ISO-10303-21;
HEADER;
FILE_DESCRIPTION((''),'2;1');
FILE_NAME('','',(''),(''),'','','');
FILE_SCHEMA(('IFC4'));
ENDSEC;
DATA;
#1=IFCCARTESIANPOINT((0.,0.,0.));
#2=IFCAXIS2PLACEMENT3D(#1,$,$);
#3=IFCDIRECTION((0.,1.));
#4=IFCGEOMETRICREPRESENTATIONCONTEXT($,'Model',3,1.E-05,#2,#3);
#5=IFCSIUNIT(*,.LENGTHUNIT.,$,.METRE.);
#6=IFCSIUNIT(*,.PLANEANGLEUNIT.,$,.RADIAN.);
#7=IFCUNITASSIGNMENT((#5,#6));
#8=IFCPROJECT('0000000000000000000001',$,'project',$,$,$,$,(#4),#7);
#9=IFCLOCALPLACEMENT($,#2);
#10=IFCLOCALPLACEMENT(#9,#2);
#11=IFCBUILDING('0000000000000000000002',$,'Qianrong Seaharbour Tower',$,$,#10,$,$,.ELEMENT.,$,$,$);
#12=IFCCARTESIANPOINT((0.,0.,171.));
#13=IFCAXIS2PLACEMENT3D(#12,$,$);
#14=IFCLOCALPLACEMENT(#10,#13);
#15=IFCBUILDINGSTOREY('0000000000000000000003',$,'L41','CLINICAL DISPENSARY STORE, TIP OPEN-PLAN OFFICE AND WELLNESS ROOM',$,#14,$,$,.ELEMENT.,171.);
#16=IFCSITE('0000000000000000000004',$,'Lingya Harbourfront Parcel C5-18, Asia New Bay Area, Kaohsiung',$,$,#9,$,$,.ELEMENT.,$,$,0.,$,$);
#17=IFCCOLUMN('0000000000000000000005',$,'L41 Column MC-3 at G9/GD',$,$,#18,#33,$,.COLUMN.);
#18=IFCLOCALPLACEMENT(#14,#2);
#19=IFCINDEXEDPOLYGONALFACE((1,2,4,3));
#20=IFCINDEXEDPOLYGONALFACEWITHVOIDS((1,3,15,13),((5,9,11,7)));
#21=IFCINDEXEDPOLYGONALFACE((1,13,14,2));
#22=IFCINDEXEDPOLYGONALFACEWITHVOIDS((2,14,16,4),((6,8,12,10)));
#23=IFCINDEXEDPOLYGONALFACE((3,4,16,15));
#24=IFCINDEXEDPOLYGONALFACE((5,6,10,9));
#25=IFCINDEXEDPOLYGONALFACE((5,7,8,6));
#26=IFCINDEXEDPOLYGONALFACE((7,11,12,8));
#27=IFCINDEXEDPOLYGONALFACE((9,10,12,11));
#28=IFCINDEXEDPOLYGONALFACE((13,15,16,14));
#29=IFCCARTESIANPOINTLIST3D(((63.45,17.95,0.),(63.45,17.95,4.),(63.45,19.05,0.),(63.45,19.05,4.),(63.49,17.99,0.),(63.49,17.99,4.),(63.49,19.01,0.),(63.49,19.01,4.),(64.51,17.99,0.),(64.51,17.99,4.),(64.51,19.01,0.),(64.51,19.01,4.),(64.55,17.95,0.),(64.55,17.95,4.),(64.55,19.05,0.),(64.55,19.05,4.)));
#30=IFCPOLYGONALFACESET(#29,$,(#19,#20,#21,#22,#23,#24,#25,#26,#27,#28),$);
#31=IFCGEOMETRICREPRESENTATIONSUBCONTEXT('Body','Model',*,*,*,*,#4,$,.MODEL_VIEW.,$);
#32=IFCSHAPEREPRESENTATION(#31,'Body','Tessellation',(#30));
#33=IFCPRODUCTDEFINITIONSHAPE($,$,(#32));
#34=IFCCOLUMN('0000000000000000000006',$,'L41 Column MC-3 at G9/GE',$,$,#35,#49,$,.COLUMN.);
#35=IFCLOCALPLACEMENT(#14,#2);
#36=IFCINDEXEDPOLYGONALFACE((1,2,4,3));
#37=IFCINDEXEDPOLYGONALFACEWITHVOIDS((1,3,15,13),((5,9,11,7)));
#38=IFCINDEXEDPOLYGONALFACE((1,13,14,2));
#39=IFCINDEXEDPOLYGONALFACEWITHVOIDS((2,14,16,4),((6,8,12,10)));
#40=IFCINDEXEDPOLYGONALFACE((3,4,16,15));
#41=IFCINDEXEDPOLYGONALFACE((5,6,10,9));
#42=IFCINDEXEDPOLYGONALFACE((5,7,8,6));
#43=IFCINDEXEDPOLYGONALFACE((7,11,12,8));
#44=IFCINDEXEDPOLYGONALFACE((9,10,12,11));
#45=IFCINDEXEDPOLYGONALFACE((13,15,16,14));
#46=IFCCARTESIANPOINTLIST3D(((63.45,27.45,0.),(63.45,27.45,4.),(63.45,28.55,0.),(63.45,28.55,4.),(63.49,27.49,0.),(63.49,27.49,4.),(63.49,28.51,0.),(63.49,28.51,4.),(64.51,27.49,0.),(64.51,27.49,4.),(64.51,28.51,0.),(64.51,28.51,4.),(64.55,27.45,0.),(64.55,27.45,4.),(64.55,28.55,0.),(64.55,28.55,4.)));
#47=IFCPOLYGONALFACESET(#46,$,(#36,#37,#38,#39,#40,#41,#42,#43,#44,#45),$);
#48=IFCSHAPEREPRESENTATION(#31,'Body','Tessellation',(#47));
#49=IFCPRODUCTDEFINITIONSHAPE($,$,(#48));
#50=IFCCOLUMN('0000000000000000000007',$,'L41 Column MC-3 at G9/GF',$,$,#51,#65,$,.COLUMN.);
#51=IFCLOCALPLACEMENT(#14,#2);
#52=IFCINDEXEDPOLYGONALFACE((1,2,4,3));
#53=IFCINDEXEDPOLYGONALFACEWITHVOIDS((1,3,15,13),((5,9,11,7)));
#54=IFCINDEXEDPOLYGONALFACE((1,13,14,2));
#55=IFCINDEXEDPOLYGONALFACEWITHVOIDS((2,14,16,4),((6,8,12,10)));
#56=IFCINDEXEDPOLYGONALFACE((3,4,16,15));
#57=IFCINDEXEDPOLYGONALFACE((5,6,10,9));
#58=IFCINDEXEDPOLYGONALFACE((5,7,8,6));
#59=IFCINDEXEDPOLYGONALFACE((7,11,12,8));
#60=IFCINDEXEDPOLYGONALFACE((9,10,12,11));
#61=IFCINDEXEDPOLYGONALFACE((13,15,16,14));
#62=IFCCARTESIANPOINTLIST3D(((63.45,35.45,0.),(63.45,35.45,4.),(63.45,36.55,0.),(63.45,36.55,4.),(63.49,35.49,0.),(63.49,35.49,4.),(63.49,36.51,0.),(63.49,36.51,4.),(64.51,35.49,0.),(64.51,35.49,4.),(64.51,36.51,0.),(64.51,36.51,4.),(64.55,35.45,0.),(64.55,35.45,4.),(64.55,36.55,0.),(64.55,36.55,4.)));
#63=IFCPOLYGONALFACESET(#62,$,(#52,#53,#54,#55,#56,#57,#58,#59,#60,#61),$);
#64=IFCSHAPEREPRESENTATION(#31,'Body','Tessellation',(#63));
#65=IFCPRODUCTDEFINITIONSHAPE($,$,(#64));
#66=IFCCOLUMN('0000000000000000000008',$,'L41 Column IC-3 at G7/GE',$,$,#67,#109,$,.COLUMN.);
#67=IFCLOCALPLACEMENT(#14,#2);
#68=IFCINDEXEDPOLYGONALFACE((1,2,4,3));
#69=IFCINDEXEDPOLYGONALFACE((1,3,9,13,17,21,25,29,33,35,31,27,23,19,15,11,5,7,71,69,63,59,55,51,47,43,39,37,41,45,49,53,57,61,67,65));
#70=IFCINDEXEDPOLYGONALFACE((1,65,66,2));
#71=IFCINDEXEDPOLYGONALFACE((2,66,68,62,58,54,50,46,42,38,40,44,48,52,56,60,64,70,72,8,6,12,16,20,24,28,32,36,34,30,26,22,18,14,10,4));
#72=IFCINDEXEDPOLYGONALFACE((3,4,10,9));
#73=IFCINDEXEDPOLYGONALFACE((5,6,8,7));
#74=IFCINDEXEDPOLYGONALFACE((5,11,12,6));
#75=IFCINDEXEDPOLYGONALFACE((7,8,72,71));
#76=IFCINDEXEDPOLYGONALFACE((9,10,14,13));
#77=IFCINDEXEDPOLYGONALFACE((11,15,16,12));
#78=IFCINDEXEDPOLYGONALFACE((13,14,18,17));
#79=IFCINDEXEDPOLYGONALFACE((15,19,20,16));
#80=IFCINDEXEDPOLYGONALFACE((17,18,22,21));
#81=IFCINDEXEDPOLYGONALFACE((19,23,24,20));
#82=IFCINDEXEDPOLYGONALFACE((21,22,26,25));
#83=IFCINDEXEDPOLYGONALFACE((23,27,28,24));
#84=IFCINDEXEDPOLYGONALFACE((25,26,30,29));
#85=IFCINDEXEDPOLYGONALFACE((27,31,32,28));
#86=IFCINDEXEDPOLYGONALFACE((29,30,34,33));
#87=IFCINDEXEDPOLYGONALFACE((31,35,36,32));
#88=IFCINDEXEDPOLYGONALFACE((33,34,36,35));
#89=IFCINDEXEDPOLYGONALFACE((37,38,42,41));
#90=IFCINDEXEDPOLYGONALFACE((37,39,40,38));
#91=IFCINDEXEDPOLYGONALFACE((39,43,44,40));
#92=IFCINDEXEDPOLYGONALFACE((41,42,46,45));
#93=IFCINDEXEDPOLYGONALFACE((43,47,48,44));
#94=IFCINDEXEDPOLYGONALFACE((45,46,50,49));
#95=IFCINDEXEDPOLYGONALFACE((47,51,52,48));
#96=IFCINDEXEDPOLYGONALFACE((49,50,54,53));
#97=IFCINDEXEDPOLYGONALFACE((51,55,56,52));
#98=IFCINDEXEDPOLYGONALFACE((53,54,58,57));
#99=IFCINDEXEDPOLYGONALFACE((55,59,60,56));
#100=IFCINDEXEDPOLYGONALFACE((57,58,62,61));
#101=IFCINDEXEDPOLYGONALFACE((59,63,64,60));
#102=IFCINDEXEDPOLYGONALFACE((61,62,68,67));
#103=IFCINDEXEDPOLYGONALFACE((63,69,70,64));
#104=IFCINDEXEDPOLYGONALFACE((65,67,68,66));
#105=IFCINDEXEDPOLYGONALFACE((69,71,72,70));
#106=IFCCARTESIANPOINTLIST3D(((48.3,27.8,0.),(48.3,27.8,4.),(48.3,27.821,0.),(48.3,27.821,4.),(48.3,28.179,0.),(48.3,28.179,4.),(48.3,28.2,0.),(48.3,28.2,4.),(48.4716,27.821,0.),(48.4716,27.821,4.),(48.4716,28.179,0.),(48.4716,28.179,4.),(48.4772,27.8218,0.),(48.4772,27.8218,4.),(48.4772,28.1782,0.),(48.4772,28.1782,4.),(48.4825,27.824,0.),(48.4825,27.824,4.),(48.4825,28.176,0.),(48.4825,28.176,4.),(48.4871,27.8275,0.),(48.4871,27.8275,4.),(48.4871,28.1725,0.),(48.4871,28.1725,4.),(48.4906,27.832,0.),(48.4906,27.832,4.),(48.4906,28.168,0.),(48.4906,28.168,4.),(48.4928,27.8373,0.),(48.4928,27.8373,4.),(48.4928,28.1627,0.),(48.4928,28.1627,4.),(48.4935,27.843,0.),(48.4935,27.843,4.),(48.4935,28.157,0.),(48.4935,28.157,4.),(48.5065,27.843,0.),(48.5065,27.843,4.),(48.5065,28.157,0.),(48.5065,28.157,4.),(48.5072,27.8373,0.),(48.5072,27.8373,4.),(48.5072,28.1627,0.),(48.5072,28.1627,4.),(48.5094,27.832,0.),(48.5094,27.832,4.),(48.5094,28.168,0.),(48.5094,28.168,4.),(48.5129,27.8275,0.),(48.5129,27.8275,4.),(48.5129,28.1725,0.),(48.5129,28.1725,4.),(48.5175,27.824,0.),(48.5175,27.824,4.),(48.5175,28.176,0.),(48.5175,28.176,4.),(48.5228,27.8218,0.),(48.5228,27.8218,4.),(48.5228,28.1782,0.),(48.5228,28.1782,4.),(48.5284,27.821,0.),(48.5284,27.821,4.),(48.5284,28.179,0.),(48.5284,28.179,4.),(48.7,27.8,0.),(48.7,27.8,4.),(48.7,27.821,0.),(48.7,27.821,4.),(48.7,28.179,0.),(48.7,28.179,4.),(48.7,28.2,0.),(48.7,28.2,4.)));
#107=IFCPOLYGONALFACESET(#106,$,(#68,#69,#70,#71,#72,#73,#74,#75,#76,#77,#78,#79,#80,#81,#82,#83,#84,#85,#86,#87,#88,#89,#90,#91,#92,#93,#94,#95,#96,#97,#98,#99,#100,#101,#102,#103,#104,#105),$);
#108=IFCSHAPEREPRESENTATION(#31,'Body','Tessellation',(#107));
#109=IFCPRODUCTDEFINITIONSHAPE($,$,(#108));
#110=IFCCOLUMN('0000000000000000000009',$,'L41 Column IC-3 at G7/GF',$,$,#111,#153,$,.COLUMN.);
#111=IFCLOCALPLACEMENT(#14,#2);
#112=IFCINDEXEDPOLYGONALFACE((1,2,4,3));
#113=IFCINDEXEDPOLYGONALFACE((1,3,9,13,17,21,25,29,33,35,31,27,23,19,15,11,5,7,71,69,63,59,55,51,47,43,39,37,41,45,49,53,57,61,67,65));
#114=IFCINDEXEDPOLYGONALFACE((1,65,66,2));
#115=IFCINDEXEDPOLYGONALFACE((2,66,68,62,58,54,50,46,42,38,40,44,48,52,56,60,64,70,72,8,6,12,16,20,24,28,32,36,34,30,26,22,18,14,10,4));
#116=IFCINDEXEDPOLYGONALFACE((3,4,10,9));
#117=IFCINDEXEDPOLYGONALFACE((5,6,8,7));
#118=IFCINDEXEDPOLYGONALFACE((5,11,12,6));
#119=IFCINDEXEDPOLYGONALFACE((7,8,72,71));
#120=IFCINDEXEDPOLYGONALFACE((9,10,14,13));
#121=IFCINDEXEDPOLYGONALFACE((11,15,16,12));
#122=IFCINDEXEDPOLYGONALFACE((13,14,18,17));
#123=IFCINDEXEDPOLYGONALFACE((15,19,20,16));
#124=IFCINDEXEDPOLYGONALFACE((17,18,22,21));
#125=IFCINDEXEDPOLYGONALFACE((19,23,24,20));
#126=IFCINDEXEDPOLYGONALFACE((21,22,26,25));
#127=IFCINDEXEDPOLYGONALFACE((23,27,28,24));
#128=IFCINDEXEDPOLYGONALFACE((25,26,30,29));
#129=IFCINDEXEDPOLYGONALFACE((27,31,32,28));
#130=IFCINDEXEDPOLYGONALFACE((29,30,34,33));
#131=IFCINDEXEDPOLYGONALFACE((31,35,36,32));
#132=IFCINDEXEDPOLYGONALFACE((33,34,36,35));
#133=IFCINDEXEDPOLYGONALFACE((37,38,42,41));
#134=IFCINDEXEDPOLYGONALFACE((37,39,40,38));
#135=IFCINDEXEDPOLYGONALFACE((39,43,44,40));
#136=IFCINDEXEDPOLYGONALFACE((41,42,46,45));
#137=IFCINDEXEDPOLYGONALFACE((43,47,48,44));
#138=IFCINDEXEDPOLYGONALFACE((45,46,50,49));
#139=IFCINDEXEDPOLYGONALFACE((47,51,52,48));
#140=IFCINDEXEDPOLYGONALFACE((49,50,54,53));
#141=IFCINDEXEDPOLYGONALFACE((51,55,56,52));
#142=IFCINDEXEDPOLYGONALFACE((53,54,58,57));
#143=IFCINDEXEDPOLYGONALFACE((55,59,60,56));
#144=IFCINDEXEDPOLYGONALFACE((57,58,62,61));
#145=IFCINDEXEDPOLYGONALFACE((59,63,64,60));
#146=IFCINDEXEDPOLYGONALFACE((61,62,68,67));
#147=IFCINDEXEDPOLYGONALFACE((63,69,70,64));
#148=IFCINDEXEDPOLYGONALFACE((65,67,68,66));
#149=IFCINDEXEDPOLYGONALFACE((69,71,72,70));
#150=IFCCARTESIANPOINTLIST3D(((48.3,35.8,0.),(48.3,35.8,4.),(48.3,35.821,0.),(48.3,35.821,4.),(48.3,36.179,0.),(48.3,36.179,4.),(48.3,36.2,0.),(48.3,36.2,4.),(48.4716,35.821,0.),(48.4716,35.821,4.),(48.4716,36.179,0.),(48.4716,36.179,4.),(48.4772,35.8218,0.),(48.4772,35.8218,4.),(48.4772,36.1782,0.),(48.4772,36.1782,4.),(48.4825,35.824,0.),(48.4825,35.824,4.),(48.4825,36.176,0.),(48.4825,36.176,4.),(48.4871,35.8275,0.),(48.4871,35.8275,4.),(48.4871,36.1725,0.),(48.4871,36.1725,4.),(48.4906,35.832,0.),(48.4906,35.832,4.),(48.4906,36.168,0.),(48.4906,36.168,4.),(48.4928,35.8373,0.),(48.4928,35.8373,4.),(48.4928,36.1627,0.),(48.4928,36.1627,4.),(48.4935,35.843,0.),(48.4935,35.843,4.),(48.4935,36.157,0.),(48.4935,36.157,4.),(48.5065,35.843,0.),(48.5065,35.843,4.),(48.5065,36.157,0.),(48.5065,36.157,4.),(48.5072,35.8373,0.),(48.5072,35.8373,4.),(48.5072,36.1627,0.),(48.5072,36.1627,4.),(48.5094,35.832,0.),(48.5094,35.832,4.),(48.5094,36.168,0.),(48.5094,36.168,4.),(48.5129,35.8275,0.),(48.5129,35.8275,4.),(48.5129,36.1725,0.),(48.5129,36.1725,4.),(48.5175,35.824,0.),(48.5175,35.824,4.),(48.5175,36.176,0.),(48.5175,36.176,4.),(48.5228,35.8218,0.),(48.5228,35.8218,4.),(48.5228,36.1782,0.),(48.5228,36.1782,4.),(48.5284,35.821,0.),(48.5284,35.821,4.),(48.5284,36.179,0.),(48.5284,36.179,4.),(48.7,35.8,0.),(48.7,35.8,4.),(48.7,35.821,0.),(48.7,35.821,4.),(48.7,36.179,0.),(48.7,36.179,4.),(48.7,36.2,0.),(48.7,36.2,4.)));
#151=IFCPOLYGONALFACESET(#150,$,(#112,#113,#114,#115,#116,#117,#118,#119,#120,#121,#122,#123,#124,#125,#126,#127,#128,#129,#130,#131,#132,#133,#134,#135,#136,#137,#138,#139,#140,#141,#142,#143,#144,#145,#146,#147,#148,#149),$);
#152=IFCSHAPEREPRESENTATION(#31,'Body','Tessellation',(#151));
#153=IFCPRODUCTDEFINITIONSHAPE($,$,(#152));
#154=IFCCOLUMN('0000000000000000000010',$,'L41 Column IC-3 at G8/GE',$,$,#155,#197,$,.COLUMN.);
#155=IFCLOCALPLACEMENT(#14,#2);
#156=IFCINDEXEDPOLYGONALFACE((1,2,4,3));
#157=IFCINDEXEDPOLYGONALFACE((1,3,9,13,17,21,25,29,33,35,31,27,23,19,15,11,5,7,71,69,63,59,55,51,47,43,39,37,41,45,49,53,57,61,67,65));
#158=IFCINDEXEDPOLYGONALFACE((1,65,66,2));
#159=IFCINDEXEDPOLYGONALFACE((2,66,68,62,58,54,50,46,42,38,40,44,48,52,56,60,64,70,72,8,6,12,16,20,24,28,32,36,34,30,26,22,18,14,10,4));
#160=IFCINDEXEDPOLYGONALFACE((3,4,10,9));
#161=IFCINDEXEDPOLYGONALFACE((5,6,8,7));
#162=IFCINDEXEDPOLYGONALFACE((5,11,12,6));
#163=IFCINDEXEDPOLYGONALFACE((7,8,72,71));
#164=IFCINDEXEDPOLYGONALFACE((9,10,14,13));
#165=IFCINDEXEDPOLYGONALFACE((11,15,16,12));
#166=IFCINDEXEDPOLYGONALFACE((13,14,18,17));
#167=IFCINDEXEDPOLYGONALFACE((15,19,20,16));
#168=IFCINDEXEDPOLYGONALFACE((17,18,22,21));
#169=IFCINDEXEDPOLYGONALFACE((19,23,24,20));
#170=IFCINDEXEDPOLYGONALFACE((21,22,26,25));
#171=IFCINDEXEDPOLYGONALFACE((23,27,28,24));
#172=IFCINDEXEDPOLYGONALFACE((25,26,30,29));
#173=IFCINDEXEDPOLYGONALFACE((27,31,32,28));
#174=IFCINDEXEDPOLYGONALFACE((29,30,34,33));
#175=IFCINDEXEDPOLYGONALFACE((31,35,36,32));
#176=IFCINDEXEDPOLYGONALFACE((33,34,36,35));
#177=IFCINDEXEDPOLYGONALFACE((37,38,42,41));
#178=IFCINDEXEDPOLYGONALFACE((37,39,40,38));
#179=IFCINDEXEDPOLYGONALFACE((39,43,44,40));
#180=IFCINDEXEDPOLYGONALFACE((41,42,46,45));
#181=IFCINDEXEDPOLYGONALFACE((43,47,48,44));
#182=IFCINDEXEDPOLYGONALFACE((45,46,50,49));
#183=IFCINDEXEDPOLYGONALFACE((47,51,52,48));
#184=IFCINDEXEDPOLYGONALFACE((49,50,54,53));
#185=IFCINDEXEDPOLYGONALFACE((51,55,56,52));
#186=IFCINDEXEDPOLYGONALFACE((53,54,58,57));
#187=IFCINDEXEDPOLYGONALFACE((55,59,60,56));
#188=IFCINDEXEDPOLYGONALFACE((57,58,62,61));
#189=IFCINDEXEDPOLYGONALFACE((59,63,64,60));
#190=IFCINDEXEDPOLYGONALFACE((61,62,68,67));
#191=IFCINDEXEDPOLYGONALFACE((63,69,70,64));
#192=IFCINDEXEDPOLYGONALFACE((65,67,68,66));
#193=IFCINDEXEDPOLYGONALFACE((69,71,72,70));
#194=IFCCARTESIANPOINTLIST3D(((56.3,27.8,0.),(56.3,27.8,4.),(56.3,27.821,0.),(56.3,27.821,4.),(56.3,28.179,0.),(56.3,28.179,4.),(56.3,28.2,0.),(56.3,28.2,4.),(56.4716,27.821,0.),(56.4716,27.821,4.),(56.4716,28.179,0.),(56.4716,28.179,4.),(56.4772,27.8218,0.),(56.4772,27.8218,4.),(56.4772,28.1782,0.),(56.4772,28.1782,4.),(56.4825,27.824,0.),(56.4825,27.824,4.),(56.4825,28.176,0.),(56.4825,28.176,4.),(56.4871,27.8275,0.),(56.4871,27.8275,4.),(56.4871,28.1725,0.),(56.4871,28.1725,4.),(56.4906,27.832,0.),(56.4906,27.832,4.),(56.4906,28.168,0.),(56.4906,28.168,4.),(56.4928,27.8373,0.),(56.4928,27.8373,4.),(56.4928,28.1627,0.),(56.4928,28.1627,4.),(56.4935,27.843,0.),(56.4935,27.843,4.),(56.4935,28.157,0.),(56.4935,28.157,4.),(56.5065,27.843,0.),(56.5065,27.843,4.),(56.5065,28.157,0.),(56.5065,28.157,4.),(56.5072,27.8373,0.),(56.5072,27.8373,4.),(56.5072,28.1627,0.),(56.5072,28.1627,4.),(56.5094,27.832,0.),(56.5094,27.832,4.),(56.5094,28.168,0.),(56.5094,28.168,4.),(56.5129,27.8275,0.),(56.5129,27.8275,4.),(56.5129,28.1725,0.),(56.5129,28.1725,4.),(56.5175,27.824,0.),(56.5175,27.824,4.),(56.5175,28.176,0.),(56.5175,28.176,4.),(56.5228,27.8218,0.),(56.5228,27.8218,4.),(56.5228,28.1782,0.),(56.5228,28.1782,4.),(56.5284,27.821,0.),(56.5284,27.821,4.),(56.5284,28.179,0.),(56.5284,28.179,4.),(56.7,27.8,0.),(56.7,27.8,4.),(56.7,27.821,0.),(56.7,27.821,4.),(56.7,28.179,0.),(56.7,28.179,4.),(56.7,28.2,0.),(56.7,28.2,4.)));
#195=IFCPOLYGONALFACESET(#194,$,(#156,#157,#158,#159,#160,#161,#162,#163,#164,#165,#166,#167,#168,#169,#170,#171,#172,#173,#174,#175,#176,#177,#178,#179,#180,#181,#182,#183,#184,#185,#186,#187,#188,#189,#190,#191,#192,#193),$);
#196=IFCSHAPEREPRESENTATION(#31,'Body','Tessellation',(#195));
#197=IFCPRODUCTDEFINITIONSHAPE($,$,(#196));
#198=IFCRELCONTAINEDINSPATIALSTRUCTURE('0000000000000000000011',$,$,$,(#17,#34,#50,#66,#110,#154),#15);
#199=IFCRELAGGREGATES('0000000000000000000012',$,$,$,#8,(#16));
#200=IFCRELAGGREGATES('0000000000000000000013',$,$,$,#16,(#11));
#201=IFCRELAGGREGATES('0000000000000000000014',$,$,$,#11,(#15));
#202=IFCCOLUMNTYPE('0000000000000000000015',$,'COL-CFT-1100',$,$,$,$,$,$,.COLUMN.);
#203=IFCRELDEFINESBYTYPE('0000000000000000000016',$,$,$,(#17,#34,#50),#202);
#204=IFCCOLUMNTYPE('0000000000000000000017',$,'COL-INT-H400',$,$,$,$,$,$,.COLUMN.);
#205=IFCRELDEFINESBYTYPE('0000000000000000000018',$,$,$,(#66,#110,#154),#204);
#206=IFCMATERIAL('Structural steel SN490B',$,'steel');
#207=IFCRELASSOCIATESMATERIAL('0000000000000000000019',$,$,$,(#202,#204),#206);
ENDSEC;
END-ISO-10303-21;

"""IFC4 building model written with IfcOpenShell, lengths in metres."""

from ifc_helpers import new_model, si_unit, direction, frame, origin, origin_2d, place, context, subcontext, project, spatial, hollow_rectangle, i_section, extrude, material, material_profile, profile_set, type_object, element, save


model = new_model("IFC4")

# Units and contexts
model_context = context("Model", 3, precision=1e-05, world=origin(), true_north=direction((0.0, 1.0)))
body_context = subcontext(model_context, "Body", "Model", "MODEL_VIEW")
ifc_project = project(units=[si_unit("LENGTHUNIT", "METRE"), si_unit("PLANEANGLEUNIT", "RADIAN")], contexts=[model_context])

# Site, building, storey
site_placement = place(None, origin())
site = spatial("IfcSite", under=ifc_project, at=site_placement, Name="Lingya Harbourfront Parcel C5-18, Asia New Bay Area, Kaohsiung", CompositionType="ELEMENT", RefElevation=0.0)
building_placement = place(site_placement, origin())
building = spatial("IfcBuilding", under=site, at=building_placement, Name="Qianrong Seaharbour Tower", CompositionType="ELEMENT")
storey_placement = place(building_placement, frame((0.0, 0.0, 171.0)))
storey = spatial("IfcBuildingStorey", under=building, at=storey_placement, Name="L41", Description="CLINICAL DISPENSARY STORE, TIP OPEN-PLAN OFFICE AND WELLNESS ROOM", CompositionType="ELEMENT", Elevation=171.0)

# Columns
ifc_material_1 = material(Name="Structural steel SN490B", Category="steel")
ifc_material_profile_1 = material_profile(ifc_material_1, hollow_rectangle(XDim=1.1001, YDim=1.1001, WallThickness=0.04, at=origin_2d()), Name="BOX1100x1100x40")
ifc_profile_set_1 = profile_set([ifc_material_profile_1], Name="Structural steel SN490B")
column_type_1 = type_object("IfcColumnType", Name="COL-CFT-1100", PredefinedType="COLUMN", material=ifc_profile_set_1)
for number, where, z_axis, x_axis, name in (
    (1, (64.0, 18.5, 0.0), (0.0, 0.0, 1.0), (1.0, 0.0, 0.0), "L41 Column MC-3 at G9/GD"),
    (2, (64.0, 28.0, 0.0), (0.0, 0.0, 1.0), (1.0, 0.0, 0.0), "L41 Column MC-3 at G9/GE"),
    (3, (64.0, 36.0, 0.0), (0.0, 0.0, 1.0), (1.0, 0.0, 0.0), "L41 Column MC-3 at G9/GF"),
):
    element("IfcColumn", number, at=place(storey_placement, frame(where, z_axis=z_axis, x_axis=x_axis)), inside=storey, type_object=column_type_1, Name=name, PredefinedType="COLUMN", context=body_context, shape_type="SweptSolid", body=[
        extrude(hollow_rectangle(XDim=1.1001, YDim=1.1001, WallThickness=0.04, at=origin_2d()), origin(), (0.0, 0.0, 1.0), 4.0),
    ])
ifc_material_profile_2 = material_profile(ifc_material_1, i_section(OverallWidth=0.3999, OverallDepth=0.3999, WebThickness=0.0129, FlangeThickness=0.021, FilletRadius=0.022, at=origin_2d()), Name="H400x400x13x21")
ifc_profile_set_2 = profile_set([ifc_material_profile_2], Name="Structural steel SN490B")
column_type_2 = type_object("IfcColumnType", Name="COL-INT-H400", PredefinedType="COLUMN", material=ifc_profile_set_2)
for number, where, z_axis, x_axis, name in (
    (4, (48.5, 28.0, 0.0), (0.0, 0.0, 1.0), (1.0, 0.0, 0.0), "L41 Column IC-3 at G7/GE"),
    (5, (48.5, 36.0, 0.0), (0.0, 0.0, 1.0), (1.0, 0.0, 0.0), "L41 Column IC-3 at G7/GF"),
    (6, (56.5, 28.0, 0.0), (0.0, 0.0, 1.0), (1.0, 0.0, 0.0), "L41 Column IC-3 at G8/GE"),
):
    element("IfcColumn", number, at=place(storey_placement, frame(where, z_axis=z_axis, x_axis=x_axis)), inside=storey, type_object=column_type_2, Name=name, PredefinedType="COLUMN", context=body_context, shape_type="SweptSolid", body=[
        extrude(i_section(OverallWidth=0.3999, OverallDepth=0.3999, WebThickness=0.0129, FlangeThickness=0.021, FilletRadius=0.022, at=origin_2d()), origin(), (0.0, 0.0, 1.0), 4.0),
    ])

save(model, "model.ifc")
